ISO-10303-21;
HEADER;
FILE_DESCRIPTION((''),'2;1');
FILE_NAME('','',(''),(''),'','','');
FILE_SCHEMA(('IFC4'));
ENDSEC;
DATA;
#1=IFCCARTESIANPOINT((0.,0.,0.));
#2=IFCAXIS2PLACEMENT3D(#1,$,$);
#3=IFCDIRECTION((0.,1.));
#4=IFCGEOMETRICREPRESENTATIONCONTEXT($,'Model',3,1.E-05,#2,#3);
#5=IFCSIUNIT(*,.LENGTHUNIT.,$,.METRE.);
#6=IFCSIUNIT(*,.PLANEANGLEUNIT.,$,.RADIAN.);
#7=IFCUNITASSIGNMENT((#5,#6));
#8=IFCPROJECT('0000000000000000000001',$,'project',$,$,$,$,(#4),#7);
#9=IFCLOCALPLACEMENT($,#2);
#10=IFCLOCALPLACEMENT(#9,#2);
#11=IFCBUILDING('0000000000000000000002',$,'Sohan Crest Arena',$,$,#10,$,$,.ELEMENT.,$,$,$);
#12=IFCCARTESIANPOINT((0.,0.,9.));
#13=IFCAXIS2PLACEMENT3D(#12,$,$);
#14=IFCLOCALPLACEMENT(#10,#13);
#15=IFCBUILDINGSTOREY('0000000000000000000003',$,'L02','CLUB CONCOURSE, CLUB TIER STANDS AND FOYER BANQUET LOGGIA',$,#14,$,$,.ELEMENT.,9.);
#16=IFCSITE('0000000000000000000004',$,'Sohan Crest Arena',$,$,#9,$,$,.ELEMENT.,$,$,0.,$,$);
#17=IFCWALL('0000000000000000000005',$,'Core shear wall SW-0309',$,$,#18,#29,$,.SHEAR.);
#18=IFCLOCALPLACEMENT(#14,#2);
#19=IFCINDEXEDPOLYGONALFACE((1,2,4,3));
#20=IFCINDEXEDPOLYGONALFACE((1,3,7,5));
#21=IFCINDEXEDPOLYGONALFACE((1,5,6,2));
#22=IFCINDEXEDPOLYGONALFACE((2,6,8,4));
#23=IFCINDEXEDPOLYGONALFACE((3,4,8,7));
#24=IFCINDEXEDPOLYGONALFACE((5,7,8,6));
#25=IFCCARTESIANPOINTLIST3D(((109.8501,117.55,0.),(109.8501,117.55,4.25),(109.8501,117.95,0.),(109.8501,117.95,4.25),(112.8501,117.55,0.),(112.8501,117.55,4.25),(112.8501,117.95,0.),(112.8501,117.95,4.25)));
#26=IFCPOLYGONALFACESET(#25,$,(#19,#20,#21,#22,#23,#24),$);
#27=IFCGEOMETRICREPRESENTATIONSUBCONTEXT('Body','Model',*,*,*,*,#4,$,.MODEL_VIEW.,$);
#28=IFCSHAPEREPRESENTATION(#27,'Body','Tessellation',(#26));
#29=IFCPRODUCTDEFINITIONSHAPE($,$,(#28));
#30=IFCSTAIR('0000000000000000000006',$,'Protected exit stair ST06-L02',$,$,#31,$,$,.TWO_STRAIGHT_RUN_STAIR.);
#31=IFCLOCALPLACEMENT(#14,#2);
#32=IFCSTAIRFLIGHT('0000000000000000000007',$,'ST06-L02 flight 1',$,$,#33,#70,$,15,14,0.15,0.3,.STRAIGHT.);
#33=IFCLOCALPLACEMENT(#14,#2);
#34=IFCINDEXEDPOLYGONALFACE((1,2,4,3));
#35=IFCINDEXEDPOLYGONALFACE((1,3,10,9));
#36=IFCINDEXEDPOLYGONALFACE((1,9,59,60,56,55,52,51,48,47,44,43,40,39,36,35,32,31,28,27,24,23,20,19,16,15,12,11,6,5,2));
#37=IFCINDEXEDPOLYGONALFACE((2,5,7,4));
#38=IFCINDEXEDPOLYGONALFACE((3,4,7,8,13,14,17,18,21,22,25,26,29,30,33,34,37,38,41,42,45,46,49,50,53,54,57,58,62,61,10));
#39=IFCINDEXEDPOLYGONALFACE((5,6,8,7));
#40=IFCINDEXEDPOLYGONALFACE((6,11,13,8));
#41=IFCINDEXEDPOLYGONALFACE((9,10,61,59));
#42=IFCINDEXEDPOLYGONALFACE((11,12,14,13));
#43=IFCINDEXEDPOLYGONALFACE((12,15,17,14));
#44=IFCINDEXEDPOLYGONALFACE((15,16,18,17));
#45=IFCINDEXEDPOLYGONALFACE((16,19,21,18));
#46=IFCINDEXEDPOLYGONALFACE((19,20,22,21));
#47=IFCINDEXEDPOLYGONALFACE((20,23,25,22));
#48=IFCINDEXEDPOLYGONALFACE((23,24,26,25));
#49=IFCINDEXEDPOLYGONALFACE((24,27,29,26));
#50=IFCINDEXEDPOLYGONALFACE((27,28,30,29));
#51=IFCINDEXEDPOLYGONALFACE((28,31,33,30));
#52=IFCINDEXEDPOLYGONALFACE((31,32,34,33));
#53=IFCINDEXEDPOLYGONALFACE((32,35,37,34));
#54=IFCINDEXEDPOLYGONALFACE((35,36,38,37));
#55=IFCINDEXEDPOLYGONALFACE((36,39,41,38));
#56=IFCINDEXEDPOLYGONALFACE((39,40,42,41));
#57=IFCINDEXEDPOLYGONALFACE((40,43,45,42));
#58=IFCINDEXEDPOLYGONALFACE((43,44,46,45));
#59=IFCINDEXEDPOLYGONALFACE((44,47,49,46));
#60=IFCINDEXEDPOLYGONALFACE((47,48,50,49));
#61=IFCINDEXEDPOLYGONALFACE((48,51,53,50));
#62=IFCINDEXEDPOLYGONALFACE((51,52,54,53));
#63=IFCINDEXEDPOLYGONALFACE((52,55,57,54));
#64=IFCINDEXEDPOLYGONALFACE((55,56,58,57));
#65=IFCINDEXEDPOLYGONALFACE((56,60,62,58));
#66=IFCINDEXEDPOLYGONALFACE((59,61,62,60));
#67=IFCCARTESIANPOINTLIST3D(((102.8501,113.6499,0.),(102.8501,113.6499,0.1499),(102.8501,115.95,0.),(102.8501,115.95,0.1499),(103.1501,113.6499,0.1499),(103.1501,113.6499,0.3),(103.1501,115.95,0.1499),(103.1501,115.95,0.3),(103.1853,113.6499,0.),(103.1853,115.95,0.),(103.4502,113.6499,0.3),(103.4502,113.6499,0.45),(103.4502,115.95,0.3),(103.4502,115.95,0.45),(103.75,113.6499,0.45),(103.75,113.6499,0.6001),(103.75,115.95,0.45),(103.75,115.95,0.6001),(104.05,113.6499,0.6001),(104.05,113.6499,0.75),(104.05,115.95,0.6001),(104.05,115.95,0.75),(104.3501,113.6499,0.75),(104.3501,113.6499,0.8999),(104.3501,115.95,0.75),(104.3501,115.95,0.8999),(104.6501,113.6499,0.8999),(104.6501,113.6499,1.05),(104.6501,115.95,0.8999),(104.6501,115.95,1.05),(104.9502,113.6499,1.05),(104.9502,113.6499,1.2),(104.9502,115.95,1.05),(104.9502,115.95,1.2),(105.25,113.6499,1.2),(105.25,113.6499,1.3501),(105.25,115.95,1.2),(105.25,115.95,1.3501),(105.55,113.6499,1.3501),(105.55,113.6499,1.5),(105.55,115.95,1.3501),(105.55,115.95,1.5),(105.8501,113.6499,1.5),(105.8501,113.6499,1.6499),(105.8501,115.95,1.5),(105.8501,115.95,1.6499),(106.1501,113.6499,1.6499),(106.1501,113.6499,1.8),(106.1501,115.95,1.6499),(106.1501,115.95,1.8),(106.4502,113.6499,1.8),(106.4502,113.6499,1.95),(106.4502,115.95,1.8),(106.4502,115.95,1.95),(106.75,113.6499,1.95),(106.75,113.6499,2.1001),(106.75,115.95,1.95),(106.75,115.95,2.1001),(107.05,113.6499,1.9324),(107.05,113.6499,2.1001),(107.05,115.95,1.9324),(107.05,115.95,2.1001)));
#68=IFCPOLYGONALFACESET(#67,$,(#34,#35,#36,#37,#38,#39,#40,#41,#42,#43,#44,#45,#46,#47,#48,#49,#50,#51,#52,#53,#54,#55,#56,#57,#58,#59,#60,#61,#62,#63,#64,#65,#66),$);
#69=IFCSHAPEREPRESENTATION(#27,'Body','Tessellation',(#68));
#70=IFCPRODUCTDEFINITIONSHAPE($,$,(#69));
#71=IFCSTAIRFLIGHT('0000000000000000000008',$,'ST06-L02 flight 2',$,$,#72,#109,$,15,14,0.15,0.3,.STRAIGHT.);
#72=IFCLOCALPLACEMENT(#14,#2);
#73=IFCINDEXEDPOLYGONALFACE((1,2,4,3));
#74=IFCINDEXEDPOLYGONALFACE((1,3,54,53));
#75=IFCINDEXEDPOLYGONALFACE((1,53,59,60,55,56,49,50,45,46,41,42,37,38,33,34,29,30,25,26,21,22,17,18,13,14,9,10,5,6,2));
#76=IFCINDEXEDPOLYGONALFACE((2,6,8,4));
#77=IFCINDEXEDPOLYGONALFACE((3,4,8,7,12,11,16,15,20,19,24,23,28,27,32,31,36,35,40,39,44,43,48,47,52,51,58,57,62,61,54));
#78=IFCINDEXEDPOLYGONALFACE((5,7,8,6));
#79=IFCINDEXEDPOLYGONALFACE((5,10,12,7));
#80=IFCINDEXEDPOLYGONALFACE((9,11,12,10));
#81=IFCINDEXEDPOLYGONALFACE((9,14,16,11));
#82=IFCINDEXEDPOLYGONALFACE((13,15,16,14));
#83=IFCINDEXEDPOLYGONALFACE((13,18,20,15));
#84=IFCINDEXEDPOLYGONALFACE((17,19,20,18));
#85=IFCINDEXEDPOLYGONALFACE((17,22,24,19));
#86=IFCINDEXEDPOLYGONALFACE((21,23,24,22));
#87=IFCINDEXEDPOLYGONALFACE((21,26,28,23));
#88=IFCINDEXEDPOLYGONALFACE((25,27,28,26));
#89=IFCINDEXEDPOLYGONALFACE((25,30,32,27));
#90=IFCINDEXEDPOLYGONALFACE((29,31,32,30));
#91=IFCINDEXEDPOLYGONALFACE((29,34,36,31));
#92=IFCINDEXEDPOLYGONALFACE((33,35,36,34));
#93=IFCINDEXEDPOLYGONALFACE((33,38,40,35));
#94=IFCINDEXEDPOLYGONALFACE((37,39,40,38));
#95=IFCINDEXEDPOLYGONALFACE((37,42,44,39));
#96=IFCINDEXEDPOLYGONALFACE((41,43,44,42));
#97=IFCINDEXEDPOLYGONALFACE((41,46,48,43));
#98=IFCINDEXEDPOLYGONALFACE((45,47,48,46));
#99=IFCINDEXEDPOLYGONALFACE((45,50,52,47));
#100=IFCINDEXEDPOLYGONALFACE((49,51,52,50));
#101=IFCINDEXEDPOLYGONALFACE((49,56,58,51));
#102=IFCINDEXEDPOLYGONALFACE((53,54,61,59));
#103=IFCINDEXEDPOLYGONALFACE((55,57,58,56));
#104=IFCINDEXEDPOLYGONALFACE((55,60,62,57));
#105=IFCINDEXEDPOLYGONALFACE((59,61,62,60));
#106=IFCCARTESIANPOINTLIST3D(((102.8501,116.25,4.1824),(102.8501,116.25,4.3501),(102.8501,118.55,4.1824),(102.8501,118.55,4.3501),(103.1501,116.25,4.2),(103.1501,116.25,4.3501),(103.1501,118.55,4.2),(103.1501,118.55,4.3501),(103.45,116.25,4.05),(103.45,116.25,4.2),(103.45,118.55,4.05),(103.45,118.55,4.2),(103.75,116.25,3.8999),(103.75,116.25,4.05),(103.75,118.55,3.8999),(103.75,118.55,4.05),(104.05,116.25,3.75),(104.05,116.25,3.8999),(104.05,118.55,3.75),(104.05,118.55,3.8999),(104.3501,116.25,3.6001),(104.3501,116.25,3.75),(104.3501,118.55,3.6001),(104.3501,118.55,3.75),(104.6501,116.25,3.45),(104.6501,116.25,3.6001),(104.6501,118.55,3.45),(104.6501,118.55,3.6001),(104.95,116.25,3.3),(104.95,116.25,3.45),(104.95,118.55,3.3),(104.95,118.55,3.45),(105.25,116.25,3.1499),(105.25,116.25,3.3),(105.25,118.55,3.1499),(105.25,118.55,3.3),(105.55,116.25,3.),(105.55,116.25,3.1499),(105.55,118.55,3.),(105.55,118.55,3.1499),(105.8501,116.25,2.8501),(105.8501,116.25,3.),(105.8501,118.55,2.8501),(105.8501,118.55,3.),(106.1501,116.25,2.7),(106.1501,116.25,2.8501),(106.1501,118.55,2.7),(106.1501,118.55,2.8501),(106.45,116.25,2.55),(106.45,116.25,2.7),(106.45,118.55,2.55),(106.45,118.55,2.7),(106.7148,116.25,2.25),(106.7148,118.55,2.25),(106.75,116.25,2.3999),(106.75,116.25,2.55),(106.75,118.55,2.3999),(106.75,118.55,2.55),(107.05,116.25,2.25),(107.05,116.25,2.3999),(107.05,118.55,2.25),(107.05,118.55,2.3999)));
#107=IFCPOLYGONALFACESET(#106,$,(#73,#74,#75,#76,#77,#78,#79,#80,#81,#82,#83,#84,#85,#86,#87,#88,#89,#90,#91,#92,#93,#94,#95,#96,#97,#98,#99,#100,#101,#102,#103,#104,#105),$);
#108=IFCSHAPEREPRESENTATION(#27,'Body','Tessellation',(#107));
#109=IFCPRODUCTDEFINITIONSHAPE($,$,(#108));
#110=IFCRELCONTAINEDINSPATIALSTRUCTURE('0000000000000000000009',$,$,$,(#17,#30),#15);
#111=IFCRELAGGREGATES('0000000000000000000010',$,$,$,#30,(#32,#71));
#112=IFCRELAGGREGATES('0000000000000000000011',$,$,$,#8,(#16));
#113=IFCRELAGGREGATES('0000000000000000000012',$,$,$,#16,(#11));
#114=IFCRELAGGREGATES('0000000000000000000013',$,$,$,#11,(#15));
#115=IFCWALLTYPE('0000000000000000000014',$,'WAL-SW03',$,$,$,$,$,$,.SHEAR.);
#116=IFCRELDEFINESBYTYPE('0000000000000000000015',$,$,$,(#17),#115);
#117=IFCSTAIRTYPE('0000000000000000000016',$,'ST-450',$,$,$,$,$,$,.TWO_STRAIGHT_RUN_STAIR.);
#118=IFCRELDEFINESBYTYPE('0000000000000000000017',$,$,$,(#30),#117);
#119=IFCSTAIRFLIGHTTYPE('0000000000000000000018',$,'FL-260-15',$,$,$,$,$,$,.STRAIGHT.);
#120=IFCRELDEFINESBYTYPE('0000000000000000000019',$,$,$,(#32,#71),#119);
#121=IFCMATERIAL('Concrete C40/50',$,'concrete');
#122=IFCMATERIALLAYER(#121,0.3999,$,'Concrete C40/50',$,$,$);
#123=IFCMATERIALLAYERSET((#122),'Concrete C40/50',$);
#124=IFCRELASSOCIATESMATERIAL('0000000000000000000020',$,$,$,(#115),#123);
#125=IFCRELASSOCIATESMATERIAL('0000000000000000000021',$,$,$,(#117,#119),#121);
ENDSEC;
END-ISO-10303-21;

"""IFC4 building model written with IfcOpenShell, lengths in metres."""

from ifc_helpers import new_model, si_unit, direction, frame, frame_2d, origin, place, context, subcontext, project, spatial, polyline, rectangle, outline, extrude, material, layer, layer_set, type_object, element, aggregate, save


model = new_model("IFC4")

# Units and contexts
model_context = context("Model", 3, precision=1e-05, world=origin(), true_north=direction((0.0, 1.0)))
body_context = subcontext(model_context, "Body", "Model", "MODEL_VIEW")
ifc_project = project(units=[si_unit("LENGTHUNIT", "METRE"), si_unit("PLANEANGLEUNIT", "RADIAN")], contexts=[model_context])

# Site, building, storey
site_placement = place(None, origin())
site = spatial("IfcSite", under=ifc_project, at=site_placement, Name="Sohan Crest Arena", CompositionType="ELEMENT", RefElevation=0.0)
building_placement = place(site_placement, origin())
building = spatial("IfcBuilding", under=site, at=building_placement, Name="Sohan Crest Arena", CompositionType="ELEMENT")
storey_placement = place(building_placement, frame((0.0, 0.0, 9.0)))
storey = spatial("IfcBuildingStorey", under=building, at=storey_placement, Name="L02", Description="CLUB CONCOURSE, CLUB TIER STANDS AND FOYER BANQUET LOGGIA", CompositionType="ELEMENT", Elevation=9.0)

# Shared definitions
ifc_material_1 = material(Name="Concrete C40/50", Category="concrete")

# Shared definitions
ifc_layer_1 = layer(ifc_material_1, 0.3999, Name="Concrete C40/50")
ifc_layer_set_1 = layer_set([ifc_layer_1], Name="Concrete C40/50")
wall_type_1 = type_object("IfcWallType", Name="WAL-SW03", PredefinedType="SHEAR", material=ifc_layer_set_1)

# Wall
wall_1_placement = place(storey_placement, frame((109.8501, 117.75, 0.0), z_axis=(0.0, 0.0, 1.0), x_axis=(1.0, 0.0, 0.0)))
element("IfcWall", 1, at=wall_1_placement, inside=storey, type_object=wall_type_1, Name="Core shear wall SW-0309", PredefinedType="SHEAR", context=body_context, shape_type="SweptSolid", body=[
    extrude(rectangle(XDim=3.0, YDim=0.3999, at=frame_2d((1.5, 0.0))), origin(), (0.0, 0.0, 1.0), 4.25),
])

# Stair, stair flights
stair_type = type_object("IfcStairType", Name="ST-450", PredefinedType="TWO_STRAIGHT_RUN_STAIR", material=ifc_material_1)
stair_placement = place(storey_placement, origin())
stair = element("IfcStair", 2, at=stair_placement, inside=storey, type_object=stair_type, Name="Protected exit stair ST06-L02", PredefinedType="TWO_STRAIGHT_RUN_STAIR")
stair_flight_type = type_object("IfcStairFlightType", Name="FL-260-15", PredefinedType="STRAIGHT", material=ifc_material_1)
stair_flight_1_placement = place(storey_placement, frame((102.8501, 114.8, 0.0), z_axis=(0.0, 0.0, 1.0), x_axis=(1.0, 0.0, 0.0)))
stair_flight_1 = element("IfcStairFlight", 3, at=stair_flight_1_placement, type_object=stair_flight_type, Name="ST06-L02 flight 1", NumberOfRisers=15, NumberOfTreads=14, PredefinedType="STRAIGHT", RiserHeight=0.15, TreadLength=0.3, context=body_context, shape_type="SweptSolid", body=[
    extrude(outline(polyline([(0.0, 0.0), (0.0, 0.1499), (0.3, 0.1499), (0.3, 0.3), (0.6001, 0.3), (0.6001, 0.45), (0.8999, 0.45), (0.8999, 0.6001), (1.2, 0.6001), (1.2, 0.75), (1.5, 0.75), (1.5, 0.8999), (1.8, 0.8999), (1.8, 1.05), (2.1001, 1.05), (2.1001, 1.2), (2.3999, 1.2), (2.3999, 1.3501), (2.7, 1.3501), (2.7, 1.5), (3.0, 1.5), (3.0, 1.6499), (3.3, 1.6499), (3.3, 1.8), (3.6001, 1.8), (3.6001, 1.95), (3.8999, 1.95), (3.8999, 2.1001), (4.2, 2.1001), (4.2, 2.25), (4.2, 1.9324), (0.3352, 0.0), (0.0, 0.0)])), frame((0.0, 1.1499, 0.0), z_axis=(0.0, -1.0, 0.0), x_axis=(1.0, 0.0, 0.0)), (0.0, 0.0, 1.0), 2.3),
])
stair_flight_2_placement = place(storey_placement, frame((107.05, 117.3999, 2.25), z_axis=(0.0, 0.0, 1.0), x_axis=(-1.0, 0.0, 0.0)))
stair_flight_2 = element("IfcStairFlight", 4, at=stair_flight_2_placement, type_object=stair_flight_type, Name="ST06-L02 flight 2", NumberOfRisers=15, NumberOfTreads=14, PredefinedType="STRAIGHT", RiserHeight=0.15, TreadLength=0.3, context=body_context, shape_type="SweptSolid", body=[
    extrude(outline(polyline([(0.0, 0.0), (0.0, 0.1499), (0.3, 0.1499), (0.3, 0.3), (0.6001, 0.3), (0.6001, 0.45), (0.8999, 0.45), (0.8999, 0.6001), (1.2, 0.6001), (1.2, 0.75), (1.5, 0.75), (1.5, 0.8999), (1.8, 0.8999), (1.8, 1.05), (2.1001, 1.05), (2.1001, 1.2), (2.3999, 1.2), (2.3999, 1.3501), (2.7, 1.3501), (2.7, 1.5), (3.0, 1.5), (3.0, 1.6499), (3.3, 1.6499), (3.3, 1.8), (3.6001, 1.8), (3.6001, 1.95), (3.8999, 1.95), (3.8999, 2.1001), (4.2, 2.1001), (4.2, 2.25), (4.2, 1.9324), (0.3352, 0.0), (0.0, 0.0)])), frame((0.0, 1.1499, 0.0), z_axis=(0.0, -1.0, 0.0), x_axis=(1.0, 0.0, 0.0)), (0.0, 0.0, 1.0), 2.3),
])
aggregate(stair, [stair_flight_1, stair_flight_2])

save(model, "model.ifc")
